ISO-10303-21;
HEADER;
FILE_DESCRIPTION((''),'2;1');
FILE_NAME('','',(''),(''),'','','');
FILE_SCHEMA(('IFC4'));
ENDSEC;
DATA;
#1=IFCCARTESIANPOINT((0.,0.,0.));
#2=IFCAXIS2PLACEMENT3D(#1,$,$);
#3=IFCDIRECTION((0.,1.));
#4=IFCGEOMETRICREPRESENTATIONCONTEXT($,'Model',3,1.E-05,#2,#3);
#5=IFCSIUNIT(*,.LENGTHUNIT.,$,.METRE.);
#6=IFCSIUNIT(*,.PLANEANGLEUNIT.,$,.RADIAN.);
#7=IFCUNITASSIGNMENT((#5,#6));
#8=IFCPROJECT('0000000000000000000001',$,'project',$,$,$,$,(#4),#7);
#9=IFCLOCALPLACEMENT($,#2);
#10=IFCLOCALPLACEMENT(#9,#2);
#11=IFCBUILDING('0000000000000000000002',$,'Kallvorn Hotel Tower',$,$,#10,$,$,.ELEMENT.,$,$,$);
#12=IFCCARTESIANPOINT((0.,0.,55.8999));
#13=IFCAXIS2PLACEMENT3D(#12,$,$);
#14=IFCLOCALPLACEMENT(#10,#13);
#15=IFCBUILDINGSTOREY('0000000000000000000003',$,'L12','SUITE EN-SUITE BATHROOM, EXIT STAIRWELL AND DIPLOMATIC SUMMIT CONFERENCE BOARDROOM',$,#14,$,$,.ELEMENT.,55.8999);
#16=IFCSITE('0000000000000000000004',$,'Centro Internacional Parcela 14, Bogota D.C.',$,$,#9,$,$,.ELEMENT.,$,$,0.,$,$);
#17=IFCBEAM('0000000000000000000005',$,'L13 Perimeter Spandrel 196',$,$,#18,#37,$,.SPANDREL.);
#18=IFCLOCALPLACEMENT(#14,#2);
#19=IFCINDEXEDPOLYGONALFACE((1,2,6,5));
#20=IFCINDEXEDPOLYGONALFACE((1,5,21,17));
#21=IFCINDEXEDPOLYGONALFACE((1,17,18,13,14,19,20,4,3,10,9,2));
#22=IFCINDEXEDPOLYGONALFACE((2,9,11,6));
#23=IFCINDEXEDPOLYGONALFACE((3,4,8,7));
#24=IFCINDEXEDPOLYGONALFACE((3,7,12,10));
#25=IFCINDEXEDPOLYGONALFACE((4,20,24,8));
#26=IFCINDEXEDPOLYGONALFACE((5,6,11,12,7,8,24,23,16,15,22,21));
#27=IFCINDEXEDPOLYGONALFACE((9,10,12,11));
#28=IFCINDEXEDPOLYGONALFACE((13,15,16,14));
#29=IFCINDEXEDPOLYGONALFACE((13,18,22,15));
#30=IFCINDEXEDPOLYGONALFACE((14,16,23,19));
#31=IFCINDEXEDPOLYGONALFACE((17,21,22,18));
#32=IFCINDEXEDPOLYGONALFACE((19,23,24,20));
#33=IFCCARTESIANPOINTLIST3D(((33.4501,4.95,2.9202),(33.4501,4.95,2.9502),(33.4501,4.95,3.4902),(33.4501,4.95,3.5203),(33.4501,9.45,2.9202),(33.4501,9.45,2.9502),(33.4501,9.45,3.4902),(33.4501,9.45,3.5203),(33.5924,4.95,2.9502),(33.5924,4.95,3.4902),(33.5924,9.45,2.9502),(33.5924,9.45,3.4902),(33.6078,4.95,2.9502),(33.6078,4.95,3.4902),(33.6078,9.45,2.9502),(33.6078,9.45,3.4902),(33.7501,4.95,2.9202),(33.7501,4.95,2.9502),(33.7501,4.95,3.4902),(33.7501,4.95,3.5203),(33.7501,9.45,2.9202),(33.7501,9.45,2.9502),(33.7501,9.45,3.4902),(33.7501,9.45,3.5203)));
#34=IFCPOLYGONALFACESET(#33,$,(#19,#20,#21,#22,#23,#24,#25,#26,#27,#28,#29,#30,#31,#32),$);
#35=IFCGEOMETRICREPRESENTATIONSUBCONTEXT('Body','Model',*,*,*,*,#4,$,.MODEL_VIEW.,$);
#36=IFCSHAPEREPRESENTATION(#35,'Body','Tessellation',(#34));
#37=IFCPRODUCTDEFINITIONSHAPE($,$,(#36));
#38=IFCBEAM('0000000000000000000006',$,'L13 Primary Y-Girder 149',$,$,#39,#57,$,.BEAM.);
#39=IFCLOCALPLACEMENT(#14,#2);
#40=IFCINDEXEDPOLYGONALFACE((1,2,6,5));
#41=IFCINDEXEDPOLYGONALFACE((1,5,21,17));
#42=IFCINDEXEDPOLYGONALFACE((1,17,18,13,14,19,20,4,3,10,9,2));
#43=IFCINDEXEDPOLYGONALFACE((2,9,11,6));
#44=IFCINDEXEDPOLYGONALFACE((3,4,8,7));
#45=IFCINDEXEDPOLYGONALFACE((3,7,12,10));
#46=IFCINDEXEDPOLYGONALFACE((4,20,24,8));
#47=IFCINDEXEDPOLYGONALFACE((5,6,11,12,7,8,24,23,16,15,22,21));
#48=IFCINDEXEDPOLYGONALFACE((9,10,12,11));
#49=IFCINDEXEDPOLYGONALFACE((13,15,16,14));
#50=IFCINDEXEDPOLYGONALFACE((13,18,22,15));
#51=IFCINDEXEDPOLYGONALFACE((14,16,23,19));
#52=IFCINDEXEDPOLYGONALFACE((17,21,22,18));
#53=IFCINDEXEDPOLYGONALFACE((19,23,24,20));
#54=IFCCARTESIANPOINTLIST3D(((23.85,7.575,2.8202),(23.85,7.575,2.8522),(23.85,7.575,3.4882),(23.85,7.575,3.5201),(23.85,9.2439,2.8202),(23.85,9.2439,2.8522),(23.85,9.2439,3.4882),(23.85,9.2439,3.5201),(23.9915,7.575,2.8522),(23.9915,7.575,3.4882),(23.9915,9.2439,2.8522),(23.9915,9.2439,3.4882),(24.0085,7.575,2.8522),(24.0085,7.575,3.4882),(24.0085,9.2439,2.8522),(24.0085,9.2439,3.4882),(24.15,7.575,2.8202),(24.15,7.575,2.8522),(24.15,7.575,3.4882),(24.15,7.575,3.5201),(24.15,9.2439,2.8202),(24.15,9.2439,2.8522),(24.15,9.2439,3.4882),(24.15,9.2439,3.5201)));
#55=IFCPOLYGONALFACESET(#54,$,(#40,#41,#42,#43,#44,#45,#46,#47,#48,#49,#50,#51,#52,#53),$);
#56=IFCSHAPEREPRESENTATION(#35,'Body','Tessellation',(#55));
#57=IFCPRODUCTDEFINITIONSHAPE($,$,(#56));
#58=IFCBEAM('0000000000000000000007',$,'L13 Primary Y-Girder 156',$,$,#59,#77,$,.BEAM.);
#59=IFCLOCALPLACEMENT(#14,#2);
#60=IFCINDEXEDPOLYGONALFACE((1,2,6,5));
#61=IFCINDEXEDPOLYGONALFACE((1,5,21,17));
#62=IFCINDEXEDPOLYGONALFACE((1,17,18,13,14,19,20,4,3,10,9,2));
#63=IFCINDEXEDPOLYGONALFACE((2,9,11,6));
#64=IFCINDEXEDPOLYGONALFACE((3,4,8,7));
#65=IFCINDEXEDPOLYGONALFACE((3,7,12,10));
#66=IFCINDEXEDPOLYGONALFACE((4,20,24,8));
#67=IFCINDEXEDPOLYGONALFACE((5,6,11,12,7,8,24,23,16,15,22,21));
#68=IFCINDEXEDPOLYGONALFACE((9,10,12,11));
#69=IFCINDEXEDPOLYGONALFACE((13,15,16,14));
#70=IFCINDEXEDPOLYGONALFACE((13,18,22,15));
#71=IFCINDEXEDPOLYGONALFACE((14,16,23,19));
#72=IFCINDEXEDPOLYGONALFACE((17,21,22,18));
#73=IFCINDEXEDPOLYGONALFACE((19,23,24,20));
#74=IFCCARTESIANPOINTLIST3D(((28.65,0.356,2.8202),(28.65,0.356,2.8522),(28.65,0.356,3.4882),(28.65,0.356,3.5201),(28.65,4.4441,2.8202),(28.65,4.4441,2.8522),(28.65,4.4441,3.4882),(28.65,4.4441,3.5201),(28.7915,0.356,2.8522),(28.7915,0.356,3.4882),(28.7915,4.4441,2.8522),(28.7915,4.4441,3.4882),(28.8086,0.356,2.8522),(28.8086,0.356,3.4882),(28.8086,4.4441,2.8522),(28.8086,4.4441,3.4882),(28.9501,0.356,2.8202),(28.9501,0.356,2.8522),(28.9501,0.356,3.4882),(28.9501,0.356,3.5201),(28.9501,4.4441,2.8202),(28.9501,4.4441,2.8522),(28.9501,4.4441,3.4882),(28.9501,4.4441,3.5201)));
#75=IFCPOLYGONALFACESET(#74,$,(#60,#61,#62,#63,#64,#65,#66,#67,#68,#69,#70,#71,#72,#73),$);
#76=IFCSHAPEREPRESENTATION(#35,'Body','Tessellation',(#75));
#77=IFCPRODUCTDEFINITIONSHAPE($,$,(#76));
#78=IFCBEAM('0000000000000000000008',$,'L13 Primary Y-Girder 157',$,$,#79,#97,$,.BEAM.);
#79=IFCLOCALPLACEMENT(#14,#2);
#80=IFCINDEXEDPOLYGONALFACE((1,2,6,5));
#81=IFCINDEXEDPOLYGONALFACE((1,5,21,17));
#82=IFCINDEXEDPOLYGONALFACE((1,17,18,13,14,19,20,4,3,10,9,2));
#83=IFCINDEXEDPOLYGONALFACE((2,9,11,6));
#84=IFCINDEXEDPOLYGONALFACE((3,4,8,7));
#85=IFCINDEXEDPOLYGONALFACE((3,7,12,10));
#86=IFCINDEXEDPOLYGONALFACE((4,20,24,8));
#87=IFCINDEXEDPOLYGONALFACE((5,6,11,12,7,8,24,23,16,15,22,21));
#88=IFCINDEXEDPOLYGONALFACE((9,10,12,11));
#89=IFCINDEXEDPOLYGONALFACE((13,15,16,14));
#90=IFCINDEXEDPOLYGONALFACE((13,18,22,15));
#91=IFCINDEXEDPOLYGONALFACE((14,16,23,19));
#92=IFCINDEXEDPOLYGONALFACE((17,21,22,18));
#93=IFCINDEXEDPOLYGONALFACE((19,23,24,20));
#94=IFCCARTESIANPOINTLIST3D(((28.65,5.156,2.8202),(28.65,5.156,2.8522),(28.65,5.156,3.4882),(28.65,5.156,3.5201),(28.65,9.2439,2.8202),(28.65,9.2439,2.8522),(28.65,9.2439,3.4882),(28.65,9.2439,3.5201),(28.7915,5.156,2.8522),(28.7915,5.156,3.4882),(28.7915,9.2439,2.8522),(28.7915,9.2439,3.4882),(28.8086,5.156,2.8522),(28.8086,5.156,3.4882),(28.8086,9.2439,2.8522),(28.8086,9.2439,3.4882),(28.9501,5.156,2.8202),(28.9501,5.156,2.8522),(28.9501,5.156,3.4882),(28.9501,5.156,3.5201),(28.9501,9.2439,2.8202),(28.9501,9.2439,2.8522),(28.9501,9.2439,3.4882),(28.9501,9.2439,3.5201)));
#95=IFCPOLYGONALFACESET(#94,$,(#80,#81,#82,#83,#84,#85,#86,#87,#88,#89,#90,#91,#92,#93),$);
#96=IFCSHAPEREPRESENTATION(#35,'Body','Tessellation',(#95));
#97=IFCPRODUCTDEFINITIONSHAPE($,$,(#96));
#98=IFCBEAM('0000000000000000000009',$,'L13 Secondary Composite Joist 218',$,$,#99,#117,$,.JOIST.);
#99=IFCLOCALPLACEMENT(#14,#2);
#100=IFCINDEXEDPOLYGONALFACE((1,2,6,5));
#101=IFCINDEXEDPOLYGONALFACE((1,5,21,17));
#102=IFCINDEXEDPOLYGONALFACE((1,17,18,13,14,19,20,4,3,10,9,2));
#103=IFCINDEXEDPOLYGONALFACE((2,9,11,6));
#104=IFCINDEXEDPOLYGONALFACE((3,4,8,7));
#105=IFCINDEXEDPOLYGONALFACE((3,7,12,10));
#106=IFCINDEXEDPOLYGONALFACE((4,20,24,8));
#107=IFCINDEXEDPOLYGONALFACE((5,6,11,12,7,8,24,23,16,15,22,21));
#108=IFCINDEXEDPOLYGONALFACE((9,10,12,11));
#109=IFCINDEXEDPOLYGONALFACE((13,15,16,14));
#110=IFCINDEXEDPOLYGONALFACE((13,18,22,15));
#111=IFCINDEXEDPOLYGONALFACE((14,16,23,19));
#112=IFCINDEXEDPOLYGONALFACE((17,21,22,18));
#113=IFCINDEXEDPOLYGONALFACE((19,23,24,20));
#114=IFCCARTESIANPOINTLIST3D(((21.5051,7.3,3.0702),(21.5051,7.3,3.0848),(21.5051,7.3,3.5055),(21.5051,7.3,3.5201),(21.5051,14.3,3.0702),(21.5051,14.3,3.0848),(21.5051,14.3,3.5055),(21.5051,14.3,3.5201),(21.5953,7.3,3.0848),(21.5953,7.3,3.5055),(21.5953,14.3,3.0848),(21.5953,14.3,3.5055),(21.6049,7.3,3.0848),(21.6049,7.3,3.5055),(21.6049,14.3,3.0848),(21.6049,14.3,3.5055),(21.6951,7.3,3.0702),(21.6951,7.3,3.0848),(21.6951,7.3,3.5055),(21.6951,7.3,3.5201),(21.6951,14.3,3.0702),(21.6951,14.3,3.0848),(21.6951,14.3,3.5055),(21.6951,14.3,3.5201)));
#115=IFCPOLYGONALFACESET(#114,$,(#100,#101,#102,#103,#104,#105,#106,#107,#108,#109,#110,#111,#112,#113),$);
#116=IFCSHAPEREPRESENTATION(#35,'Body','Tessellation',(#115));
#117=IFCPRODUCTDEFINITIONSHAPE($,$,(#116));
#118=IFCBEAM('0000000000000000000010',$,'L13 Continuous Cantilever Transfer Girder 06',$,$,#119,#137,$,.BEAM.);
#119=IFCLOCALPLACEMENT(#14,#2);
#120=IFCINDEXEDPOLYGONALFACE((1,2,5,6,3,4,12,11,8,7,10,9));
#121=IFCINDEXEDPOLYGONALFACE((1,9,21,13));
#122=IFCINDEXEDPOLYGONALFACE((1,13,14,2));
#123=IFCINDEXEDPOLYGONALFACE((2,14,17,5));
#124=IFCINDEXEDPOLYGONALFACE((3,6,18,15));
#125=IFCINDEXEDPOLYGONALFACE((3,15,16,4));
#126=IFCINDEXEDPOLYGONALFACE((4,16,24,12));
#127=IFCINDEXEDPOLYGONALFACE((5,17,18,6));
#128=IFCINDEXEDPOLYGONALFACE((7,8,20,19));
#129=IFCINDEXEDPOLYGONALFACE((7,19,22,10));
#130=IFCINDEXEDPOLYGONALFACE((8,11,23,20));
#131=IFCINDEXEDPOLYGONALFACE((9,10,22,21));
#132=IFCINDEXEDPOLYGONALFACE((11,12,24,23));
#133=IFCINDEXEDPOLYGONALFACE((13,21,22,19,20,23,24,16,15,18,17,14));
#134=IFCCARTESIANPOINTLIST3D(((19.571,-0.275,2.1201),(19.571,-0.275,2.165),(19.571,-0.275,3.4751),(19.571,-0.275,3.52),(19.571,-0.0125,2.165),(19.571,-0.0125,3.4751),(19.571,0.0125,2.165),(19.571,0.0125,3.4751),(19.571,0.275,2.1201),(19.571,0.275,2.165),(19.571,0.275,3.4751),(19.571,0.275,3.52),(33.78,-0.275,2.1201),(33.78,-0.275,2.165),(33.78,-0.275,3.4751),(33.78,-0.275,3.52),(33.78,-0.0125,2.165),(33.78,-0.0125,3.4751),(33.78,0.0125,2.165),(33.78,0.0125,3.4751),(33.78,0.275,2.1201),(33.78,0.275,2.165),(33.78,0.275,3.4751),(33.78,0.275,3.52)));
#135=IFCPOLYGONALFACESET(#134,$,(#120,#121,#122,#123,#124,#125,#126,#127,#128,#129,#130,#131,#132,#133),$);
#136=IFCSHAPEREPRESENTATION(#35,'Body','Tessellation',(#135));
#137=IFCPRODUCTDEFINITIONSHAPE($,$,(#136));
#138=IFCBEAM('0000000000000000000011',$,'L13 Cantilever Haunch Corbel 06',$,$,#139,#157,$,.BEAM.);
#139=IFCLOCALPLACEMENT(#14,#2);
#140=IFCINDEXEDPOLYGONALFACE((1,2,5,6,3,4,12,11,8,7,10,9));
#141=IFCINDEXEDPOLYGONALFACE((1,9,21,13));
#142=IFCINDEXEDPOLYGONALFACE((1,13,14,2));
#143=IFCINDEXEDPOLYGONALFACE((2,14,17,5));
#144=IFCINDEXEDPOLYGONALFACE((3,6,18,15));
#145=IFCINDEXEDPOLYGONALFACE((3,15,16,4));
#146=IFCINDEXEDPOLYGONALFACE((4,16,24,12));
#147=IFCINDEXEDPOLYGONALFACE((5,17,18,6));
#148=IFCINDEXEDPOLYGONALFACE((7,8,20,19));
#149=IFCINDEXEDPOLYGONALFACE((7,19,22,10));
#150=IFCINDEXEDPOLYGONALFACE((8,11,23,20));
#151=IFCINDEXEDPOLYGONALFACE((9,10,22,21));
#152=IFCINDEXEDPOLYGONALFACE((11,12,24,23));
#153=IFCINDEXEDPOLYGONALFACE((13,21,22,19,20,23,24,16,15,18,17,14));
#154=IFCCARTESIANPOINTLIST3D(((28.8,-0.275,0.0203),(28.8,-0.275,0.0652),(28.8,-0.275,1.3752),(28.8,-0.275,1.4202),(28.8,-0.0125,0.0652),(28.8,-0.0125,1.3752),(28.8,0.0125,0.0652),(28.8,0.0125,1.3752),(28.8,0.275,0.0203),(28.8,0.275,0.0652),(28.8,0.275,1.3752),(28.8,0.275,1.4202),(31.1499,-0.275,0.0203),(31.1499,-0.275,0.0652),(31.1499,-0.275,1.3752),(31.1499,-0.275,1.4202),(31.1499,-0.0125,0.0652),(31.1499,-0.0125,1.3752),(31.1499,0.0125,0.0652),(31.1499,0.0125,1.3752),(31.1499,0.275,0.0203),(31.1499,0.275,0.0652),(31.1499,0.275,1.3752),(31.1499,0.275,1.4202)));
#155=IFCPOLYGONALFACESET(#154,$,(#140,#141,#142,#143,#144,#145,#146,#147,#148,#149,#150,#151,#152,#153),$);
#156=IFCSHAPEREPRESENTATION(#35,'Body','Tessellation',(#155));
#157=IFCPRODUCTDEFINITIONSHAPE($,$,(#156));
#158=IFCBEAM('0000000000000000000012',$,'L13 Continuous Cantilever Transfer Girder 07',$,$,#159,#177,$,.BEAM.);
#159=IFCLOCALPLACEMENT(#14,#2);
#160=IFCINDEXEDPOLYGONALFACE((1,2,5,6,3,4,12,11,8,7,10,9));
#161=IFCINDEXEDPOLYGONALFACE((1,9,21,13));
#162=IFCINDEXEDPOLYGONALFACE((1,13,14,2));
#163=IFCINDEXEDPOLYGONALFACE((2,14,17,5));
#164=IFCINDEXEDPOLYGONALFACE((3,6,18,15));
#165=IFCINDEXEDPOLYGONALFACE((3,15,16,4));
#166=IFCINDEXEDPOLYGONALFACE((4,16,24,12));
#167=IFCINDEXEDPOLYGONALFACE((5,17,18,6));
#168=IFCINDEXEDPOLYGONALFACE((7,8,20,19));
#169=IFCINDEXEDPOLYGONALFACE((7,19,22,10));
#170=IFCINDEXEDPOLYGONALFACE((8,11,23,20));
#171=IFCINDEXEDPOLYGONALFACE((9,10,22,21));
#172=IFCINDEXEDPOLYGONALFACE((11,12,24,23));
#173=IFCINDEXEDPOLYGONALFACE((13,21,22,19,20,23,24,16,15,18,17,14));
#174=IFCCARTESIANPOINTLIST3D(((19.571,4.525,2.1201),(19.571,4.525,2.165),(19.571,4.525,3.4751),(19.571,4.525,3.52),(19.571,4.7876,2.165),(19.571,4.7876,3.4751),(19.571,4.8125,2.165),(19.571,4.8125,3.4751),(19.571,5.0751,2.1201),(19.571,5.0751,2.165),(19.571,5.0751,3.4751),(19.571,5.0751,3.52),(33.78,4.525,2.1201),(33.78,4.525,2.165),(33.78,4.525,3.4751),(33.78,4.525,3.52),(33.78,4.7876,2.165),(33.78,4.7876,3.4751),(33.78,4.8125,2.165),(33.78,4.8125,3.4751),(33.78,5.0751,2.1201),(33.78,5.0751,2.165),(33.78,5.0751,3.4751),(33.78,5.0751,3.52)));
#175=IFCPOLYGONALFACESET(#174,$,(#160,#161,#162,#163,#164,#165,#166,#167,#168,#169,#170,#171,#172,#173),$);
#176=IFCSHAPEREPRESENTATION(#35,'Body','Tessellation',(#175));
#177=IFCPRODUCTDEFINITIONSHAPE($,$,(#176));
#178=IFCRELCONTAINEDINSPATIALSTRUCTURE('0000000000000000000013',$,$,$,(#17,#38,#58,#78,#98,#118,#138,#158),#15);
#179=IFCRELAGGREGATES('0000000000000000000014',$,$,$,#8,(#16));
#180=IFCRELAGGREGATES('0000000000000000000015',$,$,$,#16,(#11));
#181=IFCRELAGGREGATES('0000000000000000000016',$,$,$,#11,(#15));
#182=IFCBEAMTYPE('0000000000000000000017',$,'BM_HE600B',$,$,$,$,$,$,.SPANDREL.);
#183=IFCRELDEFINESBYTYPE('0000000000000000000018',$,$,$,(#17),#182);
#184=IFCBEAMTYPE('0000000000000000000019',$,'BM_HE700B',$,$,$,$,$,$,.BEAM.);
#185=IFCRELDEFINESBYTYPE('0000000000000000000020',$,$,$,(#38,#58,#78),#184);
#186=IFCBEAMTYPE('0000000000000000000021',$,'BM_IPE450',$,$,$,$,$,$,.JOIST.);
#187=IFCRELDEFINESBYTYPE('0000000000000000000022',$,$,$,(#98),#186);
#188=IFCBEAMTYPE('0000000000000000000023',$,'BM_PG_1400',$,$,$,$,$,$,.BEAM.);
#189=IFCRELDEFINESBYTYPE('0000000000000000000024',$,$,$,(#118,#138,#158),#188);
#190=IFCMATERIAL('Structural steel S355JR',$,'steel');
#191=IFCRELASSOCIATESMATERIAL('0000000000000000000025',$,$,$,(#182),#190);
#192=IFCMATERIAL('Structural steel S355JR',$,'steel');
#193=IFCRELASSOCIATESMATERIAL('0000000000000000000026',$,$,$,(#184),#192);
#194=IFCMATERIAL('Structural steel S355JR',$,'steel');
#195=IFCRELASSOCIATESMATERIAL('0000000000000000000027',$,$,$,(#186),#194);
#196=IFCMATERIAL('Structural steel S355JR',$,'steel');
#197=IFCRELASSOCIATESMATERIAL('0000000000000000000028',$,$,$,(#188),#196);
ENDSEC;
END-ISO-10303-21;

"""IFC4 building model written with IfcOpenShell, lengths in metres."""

from ifc_helpers import new_model, si_unit, direction, frame, origin, origin_2d, place, context, subcontext, project, spatial, i_section, extrude, material, material_profile, profile_set, type_object, element, save


model = new_model("IFC4")

# Units and contexts
model_context = context("Model", 3, precision=1e-05, world=origin(), true_north=direction((0.0, 1.0)))
body_context = subcontext(model_context, "Body", "Model", "MODEL_VIEW")
ifc_project = project(units=[si_unit("LENGTHUNIT", "METRE"), si_unit("PLANEANGLEUNIT", "RADIAN")], contexts=[model_context])

# Site, building, storey
site_placement = place(None, origin())
site = spatial("IfcSite", under=ifc_project, at=site_placement, Name="Centro Internacional Parcela 14, Bogota D.C.", CompositionType="ELEMENT", RefElevation=0.0)
building_placement = place(site_placement, origin())
building = spatial("IfcBuilding", under=site, at=building_placement, Name="Kallvorn Hotel Tower", CompositionType="ELEMENT")
storey_placement = place(building_placement, frame((0.0, 0.0, 55.8999)))
storey = spatial("IfcBuildingStorey", under=building, at=storey_placement, Name="L12", Description="SUITE EN-SUITE BATHROOM, EXIT STAIRWELL AND DIPLOMATIC SUMMIT CONFERENCE BOARDROOM", CompositionType="ELEMENT", Elevation=55.8999)

# Beams
ifc_material_1 = material(Name="Structural steel S355JR", Category="steel")
ifc_material_profile_1 = material_profile(ifc_material_1, i_section(OverallWidth=0.3, OverallDepth=0.6001, WebThickness=0.0154, FlangeThickness=0.03, at=origin_2d()), Name="HE 600 B")
ifc_profile_set_1 = profile_set([ifc_material_profile_1], Name="Structural steel S355JR")
beam_type_1 = type_object("IfcBeamType", Name="BM_HE600B", PredefinedType="SPANDREL", material=ifc_profile_set_1)
for number, where, z_axis, x_axis, name in (
    (1, (33.6001, 4.95, 3.2202), (0.0, 1.0, 0.0), (-1.0, 0.0, 0.0), "L13 Perimeter Spandrel 196"),
):
    element("IfcBeam", number, at=place(storey_placement, frame(where, z_axis=z_axis, x_axis=x_axis)), inside=storey, type_object=beam_type_1, Name=name, PredefinedType="SPANDREL", context=body_context, shape_type="SweptSolid", body=[
        extrude(i_section(OverallWidth=0.3, OverallDepth=0.6001, WebThickness=0.0154, FlangeThickness=0.03, at=origin_2d()), origin(), (0.0, 0.0, 1.0), 4.5),
    ])
ifc_material_2 = material(Name="Structural steel S355JR", Category="steel")
ifc_material_profile_2 = material_profile(ifc_material_2, i_section(OverallWidth=0.3, OverallDepth=0.7, WebThickness=0.0171, FlangeThickness=0.032, at=origin_2d()), Name="HE 700 B")
ifc_profile_set_2 = profile_set([ifc_material_profile_2], Name="Structural steel S355JR")
beam_type_2 = type_object("IfcBeamType", Name="BM_HE700B", PredefinedType="BEAM", material=ifc_profile_set_2)
beam_1_placement = place(storey_placement, frame((24.0, 7.575, 3.1702), z_axis=(0.0, 1.0, 0.0), x_axis=(-1.0, 0.0, 0.0)))
element("IfcBeam", 2, at=beam_1_placement, inside=storey, type_object=beam_type_2, Name="L13 Primary Y-Girder 149", PredefinedType="BEAM", context=body_context, shape_type="SweptSolid", body=[
    extrude(i_section(OverallWidth=0.3, OverallDepth=0.7, WebThickness=0.0171, FlangeThickness=0.032, at=origin_2d()), origin(), (0.0, 0.0, 1.0), 1.6689),
])
beam_2_placement = place(storey_placement, frame((28.8, 0.356, 3.1702), z_axis=(0.0, 1.0, 0.0), x_axis=(-1.0, 0.0, 0.0)))
element("IfcBeam", 3, at=beam_2_placement, inside=storey, type_object=beam_type_2, Name="L13 Primary Y-Girder 156", PredefinedType="BEAM", context=body_context, shape_type="SweptSolid", body=[
    extrude(i_section(OverallWidth=0.3, OverallDepth=0.7, WebThickness=0.0171, FlangeThickness=0.032, at=origin_2d()), origin(), (0.0, 0.0, 1.0), 4.0881),
])
beam_3_placement = place(storey_placement, frame((28.8, 5.156, 3.1702), z_axis=(0.0, 1.0, 0.0), x_axis=(-1.0, 0.0, 0.0)))
element("IfcBeam", 4, at=beam_3_placement, inside=storey, type_object=beam_type_2, Name="L13 Primary Y-Girder 157", PredefinedType="BEAM", context=body_context, shape_type="SweptSolid", body=[
    extrude(i_section(OverallWidth=0.3, OverallDepth=0.7, WebThickness=0.0171, FlangeThickness=0.032, at=origin_2d()), origin(), (0.0, 0.0, 1.0), 4.0879),
])
ifc_material_3 = material(Name="Structural steel S355JR", Category="steel")
ifc_material_profile_3 = material_profile(ifc_material_3, i_section(OverallWidth=0.1899, OverallDepth=0.45, WebThickness=0.0095, FlangeThickness=0.0146, at=origin_2d()), Name="IPE 450")
ifc_profile_set_3 = profile_set([ifc_material_profile_3], Name="Structural steel S355JR")
beam_type_3 = type_object("IfcBeamType", Name="BM_IPE450", PredefinedType="JOIST", material=ifc_profile_set_3)
beam_4_placement = place(storey_placement, frame((21.6001, 7.3, 3.2952), z_axis=(0.0, 1.0, 0.0), x_axis=(-1.0, 0.0, 0.0)))
element("IfcBeam", 5, at=beam_4_placement, inside=storey, type_object=beam_type_3, Name="L13 Secondary Composite Joist 218", PredefinedType="JOIST", context=body_context, shape_type="SweptSolid", body=[
    extrude(i_section(OverallWidth=0.1899, OverallDepth=0.45, WebThickness=0.0095, FlangeThickness=0.0146, at=origin_2d()), origin(), (0.0, 0.0, 1.0), 7.0),
])
ifc_material_4 = material(Name="Structural steel S355JR", Category="steel")
ifc_material_profile_4 = material_profile(ifc_material_4, i_section(OverallWidth=0.55, OverallDepth=1.3999, WebThickness=0.0249, FlangeThickness=0.0449, at=origin_2d()), Name="PG 1400x550x25x45")
ifc_profile_set_4 = profile_set([ifc_material_profile_4], Name="Structural steel S355JR")
beam_type_4 = type_object("IfcBeamType", Name="BM_PG_1400", PredefinedType="BEAM", material=ifc_profile_set_4)
beam_5_placement = place(storey_placement, frame((19.571, 0.0, 2.8201), z_axis=(1.0, 0.0, 0.0), x_axis=(0.0, 1.0, 0.0)))
element("IfcBeam", 6, at=beam_5_placement, inside=storey, type_object=beam_type_4, Name="L13 Continuous Cantilever Transfer Girder 06", PredefinedType="BEAM", context=body_context, shape_type="SweptSolid", body=[
    extrude(i_section(OverallWidth=0.55, OverallDepth=1.3999, WebThickness=0.0249, FlangeThickness=0.0449, at=origin_2d()), origin(), (0.0, 0.0, 1.0), 14.209),
])
beam_6_placement = place(storey_placement, frame((28.8, 0.0, 0.7202), z_axis=(1.0, 0.0, 0.0), x_axis=(0.0, 1.0, 0.0)))
element("IfcBeam", 7, at=beam_6_placement, inside=storey, type_object=beam_type_4, Name="L13 Cantilever Haunch Corbel 06", PredefinedType="BEAM", context=body_context, shape_type="SweptSolid", body=[
    extrude(i_section(OverallWidth=0.55, OverallDepth=1.3999, WebThickness=0.0249, FlangeThickness=0.0449, at=origin_2d()), origin(), (0.0, 0.0, 1.0), 2.3499),
])
beam_7_placement = place(storey_placement, frame((19.571, 4.8, 2.8201), z_axis=(1.0, 0.0, 0.0), x_axis=(0.0, 1.0, 0.0)))
element("IfcBeam", 8, at=beam_7_placement, inside=storey, type_object=beam_type_4, Name="L13 Continuous Cantilever Transfer Girder 07", PredefinedType="BEAM", context=body_context, shape_type="SweptSolid", body=[
    extrude(i_section(OverallWidth=0.55, OverallDepth=1.3999, WebThickness=0.0249, FlangeThickness=0.0449, at=origin_2d()), origin(), (0.0, 0.0, 1.0), 14.209),
])

save(model, "model.ifc")
